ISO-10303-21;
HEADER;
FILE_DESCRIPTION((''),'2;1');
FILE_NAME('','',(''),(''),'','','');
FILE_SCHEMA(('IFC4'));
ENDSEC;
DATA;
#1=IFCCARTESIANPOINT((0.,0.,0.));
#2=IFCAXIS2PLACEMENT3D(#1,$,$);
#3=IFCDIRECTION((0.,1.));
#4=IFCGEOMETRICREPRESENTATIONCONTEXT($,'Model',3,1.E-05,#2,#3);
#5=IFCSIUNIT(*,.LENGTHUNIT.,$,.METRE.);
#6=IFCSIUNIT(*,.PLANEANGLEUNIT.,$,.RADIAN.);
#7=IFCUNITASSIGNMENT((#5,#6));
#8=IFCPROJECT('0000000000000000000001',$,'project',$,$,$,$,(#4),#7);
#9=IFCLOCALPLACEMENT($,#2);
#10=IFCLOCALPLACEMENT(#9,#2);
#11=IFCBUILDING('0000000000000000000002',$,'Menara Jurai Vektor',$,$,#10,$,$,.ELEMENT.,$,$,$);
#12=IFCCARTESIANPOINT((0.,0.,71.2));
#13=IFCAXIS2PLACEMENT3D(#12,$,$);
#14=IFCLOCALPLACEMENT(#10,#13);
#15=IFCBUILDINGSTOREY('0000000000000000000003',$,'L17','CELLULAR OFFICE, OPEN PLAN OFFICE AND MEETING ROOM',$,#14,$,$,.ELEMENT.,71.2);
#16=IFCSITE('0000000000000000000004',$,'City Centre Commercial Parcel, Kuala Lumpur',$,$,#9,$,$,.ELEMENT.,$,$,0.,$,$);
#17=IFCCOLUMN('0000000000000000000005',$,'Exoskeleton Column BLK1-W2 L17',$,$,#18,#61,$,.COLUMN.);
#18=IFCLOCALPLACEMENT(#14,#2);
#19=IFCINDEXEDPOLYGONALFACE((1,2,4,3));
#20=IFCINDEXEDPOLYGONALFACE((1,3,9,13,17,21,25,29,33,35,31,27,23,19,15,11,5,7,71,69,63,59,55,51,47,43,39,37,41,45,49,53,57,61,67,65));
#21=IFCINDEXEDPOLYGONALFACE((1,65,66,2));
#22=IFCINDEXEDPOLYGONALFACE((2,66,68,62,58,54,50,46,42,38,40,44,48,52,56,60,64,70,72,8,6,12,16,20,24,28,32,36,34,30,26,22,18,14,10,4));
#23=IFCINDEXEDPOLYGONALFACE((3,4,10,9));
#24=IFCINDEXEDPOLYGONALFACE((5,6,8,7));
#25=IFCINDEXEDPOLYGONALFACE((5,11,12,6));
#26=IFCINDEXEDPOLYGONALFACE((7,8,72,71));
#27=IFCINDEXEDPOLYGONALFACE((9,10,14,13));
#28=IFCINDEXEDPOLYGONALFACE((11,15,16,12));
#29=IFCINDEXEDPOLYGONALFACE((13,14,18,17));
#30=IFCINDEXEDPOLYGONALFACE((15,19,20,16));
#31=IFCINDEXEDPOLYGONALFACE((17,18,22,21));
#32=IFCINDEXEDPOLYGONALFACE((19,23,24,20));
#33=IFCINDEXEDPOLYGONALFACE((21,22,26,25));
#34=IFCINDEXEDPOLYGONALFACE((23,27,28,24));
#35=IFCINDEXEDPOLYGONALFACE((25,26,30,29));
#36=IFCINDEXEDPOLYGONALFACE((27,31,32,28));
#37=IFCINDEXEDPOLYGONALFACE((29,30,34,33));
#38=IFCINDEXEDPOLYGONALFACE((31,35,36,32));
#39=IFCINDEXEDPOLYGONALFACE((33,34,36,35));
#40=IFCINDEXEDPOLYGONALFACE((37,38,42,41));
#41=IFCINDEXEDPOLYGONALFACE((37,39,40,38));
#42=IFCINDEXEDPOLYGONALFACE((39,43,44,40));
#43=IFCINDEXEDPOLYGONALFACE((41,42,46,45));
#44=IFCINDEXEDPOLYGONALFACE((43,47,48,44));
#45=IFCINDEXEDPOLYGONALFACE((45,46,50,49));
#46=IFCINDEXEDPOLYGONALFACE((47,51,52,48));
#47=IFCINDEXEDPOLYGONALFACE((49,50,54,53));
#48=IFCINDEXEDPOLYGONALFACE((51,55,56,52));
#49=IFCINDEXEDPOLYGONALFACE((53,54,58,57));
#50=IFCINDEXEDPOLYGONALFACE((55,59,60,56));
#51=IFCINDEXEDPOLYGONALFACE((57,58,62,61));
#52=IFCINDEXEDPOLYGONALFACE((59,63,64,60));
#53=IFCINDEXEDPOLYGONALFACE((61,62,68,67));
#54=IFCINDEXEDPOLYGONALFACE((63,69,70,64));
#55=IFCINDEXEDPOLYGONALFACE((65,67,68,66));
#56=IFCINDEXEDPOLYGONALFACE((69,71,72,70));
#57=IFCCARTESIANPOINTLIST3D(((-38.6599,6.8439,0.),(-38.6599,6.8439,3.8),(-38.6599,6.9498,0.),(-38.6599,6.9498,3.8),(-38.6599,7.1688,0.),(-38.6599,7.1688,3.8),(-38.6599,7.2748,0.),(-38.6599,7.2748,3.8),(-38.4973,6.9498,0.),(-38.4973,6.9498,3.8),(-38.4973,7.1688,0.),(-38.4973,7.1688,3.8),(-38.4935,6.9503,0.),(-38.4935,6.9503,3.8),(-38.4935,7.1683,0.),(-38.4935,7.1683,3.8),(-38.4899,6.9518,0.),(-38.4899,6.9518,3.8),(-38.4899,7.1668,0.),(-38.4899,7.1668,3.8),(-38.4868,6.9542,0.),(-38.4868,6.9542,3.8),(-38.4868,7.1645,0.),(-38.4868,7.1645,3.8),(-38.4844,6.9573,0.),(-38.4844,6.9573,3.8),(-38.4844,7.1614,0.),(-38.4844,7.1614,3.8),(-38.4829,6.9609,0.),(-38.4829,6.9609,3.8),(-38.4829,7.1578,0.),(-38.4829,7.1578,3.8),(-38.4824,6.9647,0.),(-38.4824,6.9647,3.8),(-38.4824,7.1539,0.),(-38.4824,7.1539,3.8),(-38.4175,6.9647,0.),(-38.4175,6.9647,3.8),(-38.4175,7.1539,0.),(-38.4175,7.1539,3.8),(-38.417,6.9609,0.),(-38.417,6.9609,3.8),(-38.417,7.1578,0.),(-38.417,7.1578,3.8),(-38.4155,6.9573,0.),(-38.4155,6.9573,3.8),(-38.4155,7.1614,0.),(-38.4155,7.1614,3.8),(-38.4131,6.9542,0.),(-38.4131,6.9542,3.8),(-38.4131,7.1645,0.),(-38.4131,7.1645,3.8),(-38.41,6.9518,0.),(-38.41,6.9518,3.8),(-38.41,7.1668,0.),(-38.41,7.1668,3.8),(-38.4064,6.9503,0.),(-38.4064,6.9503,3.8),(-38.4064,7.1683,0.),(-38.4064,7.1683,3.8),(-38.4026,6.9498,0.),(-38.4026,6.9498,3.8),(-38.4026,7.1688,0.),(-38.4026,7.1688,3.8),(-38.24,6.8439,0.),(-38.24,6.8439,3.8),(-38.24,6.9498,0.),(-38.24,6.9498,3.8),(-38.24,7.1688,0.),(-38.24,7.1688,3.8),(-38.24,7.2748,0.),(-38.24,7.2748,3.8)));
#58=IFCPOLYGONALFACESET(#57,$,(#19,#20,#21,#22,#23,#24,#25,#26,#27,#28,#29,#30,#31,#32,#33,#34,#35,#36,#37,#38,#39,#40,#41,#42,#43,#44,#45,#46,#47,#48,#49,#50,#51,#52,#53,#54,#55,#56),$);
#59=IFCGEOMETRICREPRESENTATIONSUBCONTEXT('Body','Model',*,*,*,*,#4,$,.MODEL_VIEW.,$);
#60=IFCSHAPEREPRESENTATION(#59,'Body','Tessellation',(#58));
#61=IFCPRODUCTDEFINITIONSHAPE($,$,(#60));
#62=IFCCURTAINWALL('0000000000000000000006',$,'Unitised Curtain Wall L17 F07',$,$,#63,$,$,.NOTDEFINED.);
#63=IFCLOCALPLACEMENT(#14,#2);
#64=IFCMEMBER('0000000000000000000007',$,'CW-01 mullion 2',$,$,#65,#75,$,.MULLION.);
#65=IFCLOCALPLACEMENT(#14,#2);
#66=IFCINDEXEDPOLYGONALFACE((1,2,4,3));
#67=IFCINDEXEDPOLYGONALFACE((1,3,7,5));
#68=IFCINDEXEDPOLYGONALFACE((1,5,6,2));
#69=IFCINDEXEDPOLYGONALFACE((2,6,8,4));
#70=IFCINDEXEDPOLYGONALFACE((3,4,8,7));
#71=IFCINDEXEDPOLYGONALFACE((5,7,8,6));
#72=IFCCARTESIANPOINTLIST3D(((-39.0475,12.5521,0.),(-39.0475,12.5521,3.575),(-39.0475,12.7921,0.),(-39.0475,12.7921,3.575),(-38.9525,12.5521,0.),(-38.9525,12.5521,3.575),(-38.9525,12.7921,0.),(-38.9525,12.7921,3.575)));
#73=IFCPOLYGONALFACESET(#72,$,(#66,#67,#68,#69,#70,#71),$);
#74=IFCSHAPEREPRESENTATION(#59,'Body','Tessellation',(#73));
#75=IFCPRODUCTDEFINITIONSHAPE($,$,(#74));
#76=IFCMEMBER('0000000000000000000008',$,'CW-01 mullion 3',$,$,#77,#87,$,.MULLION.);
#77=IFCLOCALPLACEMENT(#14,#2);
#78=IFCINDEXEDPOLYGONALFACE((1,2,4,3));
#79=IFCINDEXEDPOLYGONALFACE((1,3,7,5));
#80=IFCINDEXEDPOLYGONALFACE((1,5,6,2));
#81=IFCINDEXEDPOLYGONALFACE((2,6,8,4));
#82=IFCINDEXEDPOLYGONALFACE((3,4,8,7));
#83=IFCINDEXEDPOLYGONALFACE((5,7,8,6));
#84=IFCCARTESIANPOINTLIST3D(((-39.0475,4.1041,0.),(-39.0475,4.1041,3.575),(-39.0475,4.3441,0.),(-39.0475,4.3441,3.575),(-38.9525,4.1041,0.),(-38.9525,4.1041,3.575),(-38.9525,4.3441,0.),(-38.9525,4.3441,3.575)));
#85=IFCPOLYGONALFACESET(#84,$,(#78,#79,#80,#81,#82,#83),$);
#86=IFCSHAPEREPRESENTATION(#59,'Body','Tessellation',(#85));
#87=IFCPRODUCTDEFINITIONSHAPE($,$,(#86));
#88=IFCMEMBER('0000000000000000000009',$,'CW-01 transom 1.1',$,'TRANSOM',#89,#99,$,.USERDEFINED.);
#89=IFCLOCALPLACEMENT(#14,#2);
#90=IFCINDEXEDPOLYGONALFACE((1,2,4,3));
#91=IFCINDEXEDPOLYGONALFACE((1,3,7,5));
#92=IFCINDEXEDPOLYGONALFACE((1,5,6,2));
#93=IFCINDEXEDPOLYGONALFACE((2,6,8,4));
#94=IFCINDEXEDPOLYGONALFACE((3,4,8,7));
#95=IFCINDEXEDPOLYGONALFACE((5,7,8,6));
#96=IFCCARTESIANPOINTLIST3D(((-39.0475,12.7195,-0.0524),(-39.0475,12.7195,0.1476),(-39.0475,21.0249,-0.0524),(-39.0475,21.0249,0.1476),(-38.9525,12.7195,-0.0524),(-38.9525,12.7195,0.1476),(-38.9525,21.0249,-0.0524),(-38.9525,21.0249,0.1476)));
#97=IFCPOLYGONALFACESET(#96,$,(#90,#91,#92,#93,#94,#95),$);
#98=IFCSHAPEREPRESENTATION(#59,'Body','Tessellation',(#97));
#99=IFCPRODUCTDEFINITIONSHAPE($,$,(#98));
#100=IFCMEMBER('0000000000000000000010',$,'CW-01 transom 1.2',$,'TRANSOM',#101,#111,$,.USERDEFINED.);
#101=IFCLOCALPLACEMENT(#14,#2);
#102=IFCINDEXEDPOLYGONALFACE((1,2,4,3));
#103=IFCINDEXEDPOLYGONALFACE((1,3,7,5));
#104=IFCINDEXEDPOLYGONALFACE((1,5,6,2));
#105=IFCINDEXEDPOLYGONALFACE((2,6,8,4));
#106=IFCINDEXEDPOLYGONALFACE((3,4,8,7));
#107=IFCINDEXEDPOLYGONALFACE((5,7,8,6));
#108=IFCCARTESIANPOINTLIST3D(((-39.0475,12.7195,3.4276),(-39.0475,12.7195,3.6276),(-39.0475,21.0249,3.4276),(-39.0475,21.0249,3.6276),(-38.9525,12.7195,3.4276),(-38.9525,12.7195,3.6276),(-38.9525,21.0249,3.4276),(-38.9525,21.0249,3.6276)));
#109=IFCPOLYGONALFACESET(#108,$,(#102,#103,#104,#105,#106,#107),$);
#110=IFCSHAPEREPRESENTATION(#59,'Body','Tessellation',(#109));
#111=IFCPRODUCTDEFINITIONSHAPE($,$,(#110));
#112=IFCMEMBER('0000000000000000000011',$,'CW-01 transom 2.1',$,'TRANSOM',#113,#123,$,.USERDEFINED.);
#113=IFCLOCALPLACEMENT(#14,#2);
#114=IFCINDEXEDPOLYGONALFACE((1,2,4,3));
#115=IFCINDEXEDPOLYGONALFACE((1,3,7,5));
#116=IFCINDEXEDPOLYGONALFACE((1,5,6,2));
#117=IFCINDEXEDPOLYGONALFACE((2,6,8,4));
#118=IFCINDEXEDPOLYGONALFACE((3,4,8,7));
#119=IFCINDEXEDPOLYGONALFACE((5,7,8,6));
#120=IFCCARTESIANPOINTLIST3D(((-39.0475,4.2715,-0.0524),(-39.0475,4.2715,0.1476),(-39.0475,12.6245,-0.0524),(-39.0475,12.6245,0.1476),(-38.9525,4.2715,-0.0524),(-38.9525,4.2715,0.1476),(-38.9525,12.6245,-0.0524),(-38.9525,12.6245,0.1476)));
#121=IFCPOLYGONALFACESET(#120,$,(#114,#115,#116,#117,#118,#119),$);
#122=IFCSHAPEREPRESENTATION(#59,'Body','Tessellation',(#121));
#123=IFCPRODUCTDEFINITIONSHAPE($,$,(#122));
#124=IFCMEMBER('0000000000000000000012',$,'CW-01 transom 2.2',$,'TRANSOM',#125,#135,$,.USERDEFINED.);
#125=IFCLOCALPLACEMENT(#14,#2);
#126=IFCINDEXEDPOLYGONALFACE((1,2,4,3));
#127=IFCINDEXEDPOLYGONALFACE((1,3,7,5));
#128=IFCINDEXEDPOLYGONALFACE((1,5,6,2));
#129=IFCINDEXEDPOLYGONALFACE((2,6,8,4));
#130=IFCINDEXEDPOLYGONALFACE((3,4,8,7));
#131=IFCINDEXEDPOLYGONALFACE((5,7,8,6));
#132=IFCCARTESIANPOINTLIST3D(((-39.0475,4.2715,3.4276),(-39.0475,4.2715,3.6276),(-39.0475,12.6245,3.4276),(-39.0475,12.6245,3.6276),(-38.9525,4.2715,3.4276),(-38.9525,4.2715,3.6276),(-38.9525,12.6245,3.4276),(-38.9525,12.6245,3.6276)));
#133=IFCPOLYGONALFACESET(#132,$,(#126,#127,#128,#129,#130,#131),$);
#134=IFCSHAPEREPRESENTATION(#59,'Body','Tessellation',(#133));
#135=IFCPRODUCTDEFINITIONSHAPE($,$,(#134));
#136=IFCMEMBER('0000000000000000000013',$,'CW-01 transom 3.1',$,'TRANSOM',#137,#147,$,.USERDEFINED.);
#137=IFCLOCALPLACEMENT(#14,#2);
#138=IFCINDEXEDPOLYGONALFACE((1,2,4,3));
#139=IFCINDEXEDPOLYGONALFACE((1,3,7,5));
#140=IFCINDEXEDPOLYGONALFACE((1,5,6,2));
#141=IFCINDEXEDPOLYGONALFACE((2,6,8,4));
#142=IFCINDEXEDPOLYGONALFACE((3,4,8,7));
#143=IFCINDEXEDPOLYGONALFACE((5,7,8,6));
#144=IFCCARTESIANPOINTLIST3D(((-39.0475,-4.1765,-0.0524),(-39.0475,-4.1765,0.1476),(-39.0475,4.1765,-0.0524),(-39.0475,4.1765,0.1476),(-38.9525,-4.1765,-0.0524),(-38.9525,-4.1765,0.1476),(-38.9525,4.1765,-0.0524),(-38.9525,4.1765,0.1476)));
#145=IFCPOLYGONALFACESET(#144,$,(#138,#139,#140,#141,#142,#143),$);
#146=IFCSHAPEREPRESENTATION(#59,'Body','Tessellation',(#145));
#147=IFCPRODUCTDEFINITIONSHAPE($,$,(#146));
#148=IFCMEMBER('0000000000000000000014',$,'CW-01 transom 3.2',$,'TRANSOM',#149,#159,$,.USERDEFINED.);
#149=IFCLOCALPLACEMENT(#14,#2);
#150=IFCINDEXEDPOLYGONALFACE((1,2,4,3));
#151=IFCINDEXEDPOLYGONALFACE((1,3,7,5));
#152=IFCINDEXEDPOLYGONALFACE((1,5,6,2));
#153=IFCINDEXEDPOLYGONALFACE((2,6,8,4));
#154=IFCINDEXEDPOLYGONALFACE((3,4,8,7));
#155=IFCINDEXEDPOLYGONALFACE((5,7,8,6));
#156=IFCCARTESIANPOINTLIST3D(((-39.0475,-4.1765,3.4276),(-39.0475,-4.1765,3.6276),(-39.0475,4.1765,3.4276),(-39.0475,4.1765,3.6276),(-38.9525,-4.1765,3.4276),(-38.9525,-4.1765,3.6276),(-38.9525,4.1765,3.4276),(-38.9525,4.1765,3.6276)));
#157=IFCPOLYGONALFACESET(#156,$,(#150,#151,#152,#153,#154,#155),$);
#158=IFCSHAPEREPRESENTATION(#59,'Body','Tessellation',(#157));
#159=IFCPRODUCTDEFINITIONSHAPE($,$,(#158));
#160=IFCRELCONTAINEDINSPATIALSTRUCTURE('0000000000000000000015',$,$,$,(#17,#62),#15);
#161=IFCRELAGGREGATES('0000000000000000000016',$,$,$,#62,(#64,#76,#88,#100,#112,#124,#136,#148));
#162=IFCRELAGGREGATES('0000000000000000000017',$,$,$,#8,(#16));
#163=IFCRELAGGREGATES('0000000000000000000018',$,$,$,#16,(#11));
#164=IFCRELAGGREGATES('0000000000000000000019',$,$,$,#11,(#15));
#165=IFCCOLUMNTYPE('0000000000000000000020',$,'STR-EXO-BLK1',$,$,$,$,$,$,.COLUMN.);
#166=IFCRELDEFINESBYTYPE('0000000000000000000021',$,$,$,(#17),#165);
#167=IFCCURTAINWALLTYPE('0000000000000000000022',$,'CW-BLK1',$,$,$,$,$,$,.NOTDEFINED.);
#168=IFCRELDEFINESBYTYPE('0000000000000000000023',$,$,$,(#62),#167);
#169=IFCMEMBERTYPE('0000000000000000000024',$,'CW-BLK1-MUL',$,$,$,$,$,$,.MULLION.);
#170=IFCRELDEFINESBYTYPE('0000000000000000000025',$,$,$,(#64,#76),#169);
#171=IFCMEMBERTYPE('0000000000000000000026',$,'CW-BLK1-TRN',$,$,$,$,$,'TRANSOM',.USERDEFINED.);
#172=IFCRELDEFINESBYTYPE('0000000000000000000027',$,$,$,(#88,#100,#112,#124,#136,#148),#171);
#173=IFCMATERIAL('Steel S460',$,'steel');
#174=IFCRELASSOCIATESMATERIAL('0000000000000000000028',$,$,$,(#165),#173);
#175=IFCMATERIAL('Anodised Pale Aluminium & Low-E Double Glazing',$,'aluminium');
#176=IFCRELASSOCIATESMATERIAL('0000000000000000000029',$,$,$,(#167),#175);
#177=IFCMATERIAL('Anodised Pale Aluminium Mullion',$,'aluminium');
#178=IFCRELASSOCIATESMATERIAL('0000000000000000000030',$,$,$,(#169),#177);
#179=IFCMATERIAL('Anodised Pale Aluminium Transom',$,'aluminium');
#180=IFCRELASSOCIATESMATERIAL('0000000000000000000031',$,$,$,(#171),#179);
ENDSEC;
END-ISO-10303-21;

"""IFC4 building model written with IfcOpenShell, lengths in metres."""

from ifc_helpers import new_model, si_unit, direction, frame, origin, origin_2d, place, context, subcontext, project, spatial, rectangle, i_section, extrude, material, material_profile, profile_set, type_object, element, aggregate, save


model = new_model("IFC4")

# Units and contexts
model_context = context("Model", 3, precision=1e-05, world=origin(), true_north=direction((0.0, 1.0)))
body_context = subcontext(model_context, "Body", "Model", "MODEL_VIEW")
ifc_project = project(units=[si_unit("LENGTHUNIT", "METRE"), si_unit("PLANEANGLEUNIT", "RADIAN")], contexts=[model_context])

# Site, building, storey
site_placement = place(None, origin())
site = spatial("IfcSite", under=ifc_project, at=site_placement, Name="City Centre Commercial Parcel, Kuala Lumpur", CompositionType="ELEMENT", RefElevation=0.0)
building_placement = place(site_placement, origin())
building = spatial("IfcBuilding", under=site, at=building_placement, Name="Menara Jurai Vektor", CompositionType="ELEMENT")
storey_placement = place(building_placement, frame((0.0, 0.0, 71.2)))
storey = spatial("IfcBuildingStorey", under=building, at=storey_placement, Name="L17", Description="CELLULAR OFFICE, OPEN PLAN OFFICE AND MEETING ROOM", CompositionType="ELEMENT", Elevation=71.2)

# Column
ifc_material_1 = material(Name="Steel S460", Category="steel")
ifc_material_profile_1 = material_profile(ifc_material_1, i_section(OverallWidth=0.4199, OverallDepth=0.4309, WebThickness=0.0649, FlangeThickness=0.106, FilletRadius=0.0149, at=origin_2d()), Name="HD 400x900")
ifc_profile_set_1 = profile_set([ifc_material_profile_1], Name="Steel S460")
column_type = type_object("IfcColumnType", Name="STR-EXO-BLK1", PredefinedType="COLUMN", material=ifc_profile_set_1)
column_placement = place(storey_placement, frame((-38.45, 7.0593, 0.0), z_axis=(0.0, 0.0, 1.0), x_axis=(1.0, 0.0, 0.0)))
element("IfcColumn", 1, at=column_placement, inside=storey, type_object=column_type, Name="Exoskeleton Column BLK1-W2 L17", PredefinedType="COLUMN", context=body_context, shape_type="SweptSolid", body=[
    extrude(i_section(OverallWidth=0.4199, OverallDepth=0.4309, WebThickness=0.0649, FlangeThickness=0.106, FilletRadius=0.0149, at=origin_2d()), origin(), (0.0, 0.0, 1.0), 3.8),
])

# Curtain wall, members
ifc_material_2 = material(Name="Anodised Pale Aluminium & Low-E Double Glazing", Category="aluminium")
curtain_wall_type = type_object("IfcCurtainWallType", Name="CW-BLK1", PredefinedType="NOTDEFINED", material=ifc_material_2)
curtain_wall_placement = place(storey_placement, origin())
curtain_wall = element("IfcCurtainWall", 2, at=curtain_wall_placement, inside=storey, type_object=curtain_wall_type, Name="Unitised Curtain Wall L17 F07", PredefinedType="NOTDEFINED")
ifc_material_3 = material(Name="Anodised Pale Aluminium Mullion", Category="aluminium")
ifc_material_profile_2 = material_profile(ifc_material_3, rectangle(XDim=0.095, YDim=0.24, at=origin_2d()), Name="ALU MUL 95x240")
ifc_profile_set_2 = profile_set([ifc_material_profile_2], Name="Anodised Pale Aluminium Mullion")
member_type_1 = type_object("IfcMemberType", Name="CW-BLK1-MUL", PredefinedType="MULLION", material=ifc_profile_set_2)
member_1_placement = place(storey_placement, frame((-39.0, 12.6721, 0.0), z_axis=(0.0, 0.0, 1.0), x_axis=(1.0, 0.0, 0.0)))
member_1 = element("IfcMember", 3, at=member_1_placement, type_object=member_type_1, Name="CW-01 mullion 2", PredefinedType="MULLION", context=body_context, shape_type="SweptSolid", body=[
    extrude(rectangle(XDim=0.095, YDim=0.24, at=origin_2d()), origin(), (0.0, 0.0, 1.0), 3.575),
])
member_2_placement = place(storey_placement, frame((-39.0, 4.2241, 0.0), z_axis=(0.0, 0.0, 1.0), x_axis=(1.0, 0.0, 0.0)))
member_2 = element("IfcMember", 4, at=member_2_placement, type_object=member_type_1, Name="CW-01 mullion 3", PredefinedType="MULLION", context=body_context, shape_type="SweptSolid", body=[
    extrude(rectangle(XDim=0.095, YDim=0.24, at=origin_2d()), origin(), (0.0, 0.0, 1.0), 3.575),
])
ifc_material_4 = material(Name="Anodised Pale Aluminium Transom", Category="aluminium")
ifc_material_profile_3 = material_profile(ifc_material_4, rectangle(XDim=0.095, YDim=0.2, at=origin_2d()), Name="ALU TRN 95x200")
ifc_profile_set_3 = profile_set([ifc_material_profile_3], Name="Anodised Pale Aluminium Transom")
member_type_2 = type_object("IfcMemberType", Name="CW-BLK1-TRN", ElementType="TRANSOM", PredefinedType="USERDEFINED", material=ifc_profile_set_3)
member_3_placement = place(storey_placement, frame((-39.0, 21.0249, 0.0476), z_axis=(0.0, -1.0, 0.0), x_axis=(1.0, 0.0, 0.0)))
member_3 = element("IfcMember", 5, at=member_3_placement, type_object=member_type_2, Name="CW-01 transom 1.1", ObjectType="TRANSOM", PredefinedType="USERDEFINED", context=body_context, shape_type="SweptSolid", body=[
    extrude(rectangle(XDim=0.095, YDim=0.2, at=origin_2d()), origin(), (0.0, 0.0, 1.0), 8.3054),
])
member_4_placement = place(storey_placement, frame((-39.0, 21.0249, 3.5276), z_axis=(0.0, -1.0, 0.0), x_axis=(1.0, 0.0, 0.0)))
member_4 = element("IfcMember", 6, at=member_4_placement, type_object=member_type_2, Name="CW-01 transom 1.2", ObjectType="TRANSOM", PredefinedType="USERDEFINED", context=body_context, shape_type="SweptSolid", body=[
    extrude(rectangle(XDim=0.095, YDim=0.2, at=origin_2d()), origin(), (0.0, 0.0, 1.0), 8.3054),
])
member_5_placement = place(storey_placement, frame((-39.0, 12.6245, 0.0476), z_axis=(0.0, -1.0, 0.0), x_axis=(1.0, 0.0, 0.0)))
member_5 = element("IfcMember", 7, at=member_5_placement, type_object=member_type_2, Name="CW-01 transom 2.1", ObjectType="TRANSOM", PredefinedType="USERDEFINED", context=body_context, shape_type="SweptSolid", body=[
    extrude(rectangle(XDim=0.095, YDim=0.2, at=origin_2d()), origin(), (0.0, 0.0, 1.0), 8.353),
])
member_6_placement = place(storey_placement, frame((-39.0, 12.6245, 3.5276), z_axis=(0.0, -1.0, 0.0), x_axis=(1.0, 0.0, 0.0)))
member_6 = element("IfcMember", 8, at=member_6_placement, type_object=member_type_2, Name="CW-01 transom 2.2", ObjectType="TRANSOM", PredefinedType="USERDEFINED", context=body_context, shape_type="SweptSolid", body=[
    extrude(rectangle(XDim=0.095, YDim=0.2, at=origin_2d()), origin(), (0.0, 0.0, 1.0), 8.353),
])
member_7_placement = place(storey_placement, frame((-39.0, 4.1765, 0.0476), z_axis=(0.0, -1.0, 0.0), x_axis=(1.0, 0.0, 0.0)))
member_7 = element("IfcMember", 9, at=member_7_placement, type_object=member_type_2, Name="CW-01 transom 3.1", ObjectType="TRANSOM", PredefinedType="USERDEFINED", context=body_context, shape_type="SweptSolid", body=[
    extrude(rectangle(XDim=0.095, YDim=0.2, at=origin_2d()), origin(), (0.0, 0.0, 1.0), 8.353),
])
member_8_placement = place(storey_placement, frame((-39.0, 4.1765, 3.5276), z_axis=(0.0, -1.0, 0.0), x_axis=(1.0, 0.0, 0.0)))
member_8 = element("IfcMember", 10, at=member_8_placement, type_object=member_type_2, Name="CW-01 transom 3.2", ObjectType="TRANSOM", PredefinedType="USERDEFINED", context=body_context, shape_type="SweptSolid", body=[
    extrude(rectangle(XDim=0.095, YDim=0.2, at=origin_2d()), origin(), (0.0, 0.0, 1.0), 8.353),
])

aggregate(curtain_wall, [member_1, member_2, member_3, member_4, member_5, member_6, member_7, member_8])

save(model, "model.ifc")
